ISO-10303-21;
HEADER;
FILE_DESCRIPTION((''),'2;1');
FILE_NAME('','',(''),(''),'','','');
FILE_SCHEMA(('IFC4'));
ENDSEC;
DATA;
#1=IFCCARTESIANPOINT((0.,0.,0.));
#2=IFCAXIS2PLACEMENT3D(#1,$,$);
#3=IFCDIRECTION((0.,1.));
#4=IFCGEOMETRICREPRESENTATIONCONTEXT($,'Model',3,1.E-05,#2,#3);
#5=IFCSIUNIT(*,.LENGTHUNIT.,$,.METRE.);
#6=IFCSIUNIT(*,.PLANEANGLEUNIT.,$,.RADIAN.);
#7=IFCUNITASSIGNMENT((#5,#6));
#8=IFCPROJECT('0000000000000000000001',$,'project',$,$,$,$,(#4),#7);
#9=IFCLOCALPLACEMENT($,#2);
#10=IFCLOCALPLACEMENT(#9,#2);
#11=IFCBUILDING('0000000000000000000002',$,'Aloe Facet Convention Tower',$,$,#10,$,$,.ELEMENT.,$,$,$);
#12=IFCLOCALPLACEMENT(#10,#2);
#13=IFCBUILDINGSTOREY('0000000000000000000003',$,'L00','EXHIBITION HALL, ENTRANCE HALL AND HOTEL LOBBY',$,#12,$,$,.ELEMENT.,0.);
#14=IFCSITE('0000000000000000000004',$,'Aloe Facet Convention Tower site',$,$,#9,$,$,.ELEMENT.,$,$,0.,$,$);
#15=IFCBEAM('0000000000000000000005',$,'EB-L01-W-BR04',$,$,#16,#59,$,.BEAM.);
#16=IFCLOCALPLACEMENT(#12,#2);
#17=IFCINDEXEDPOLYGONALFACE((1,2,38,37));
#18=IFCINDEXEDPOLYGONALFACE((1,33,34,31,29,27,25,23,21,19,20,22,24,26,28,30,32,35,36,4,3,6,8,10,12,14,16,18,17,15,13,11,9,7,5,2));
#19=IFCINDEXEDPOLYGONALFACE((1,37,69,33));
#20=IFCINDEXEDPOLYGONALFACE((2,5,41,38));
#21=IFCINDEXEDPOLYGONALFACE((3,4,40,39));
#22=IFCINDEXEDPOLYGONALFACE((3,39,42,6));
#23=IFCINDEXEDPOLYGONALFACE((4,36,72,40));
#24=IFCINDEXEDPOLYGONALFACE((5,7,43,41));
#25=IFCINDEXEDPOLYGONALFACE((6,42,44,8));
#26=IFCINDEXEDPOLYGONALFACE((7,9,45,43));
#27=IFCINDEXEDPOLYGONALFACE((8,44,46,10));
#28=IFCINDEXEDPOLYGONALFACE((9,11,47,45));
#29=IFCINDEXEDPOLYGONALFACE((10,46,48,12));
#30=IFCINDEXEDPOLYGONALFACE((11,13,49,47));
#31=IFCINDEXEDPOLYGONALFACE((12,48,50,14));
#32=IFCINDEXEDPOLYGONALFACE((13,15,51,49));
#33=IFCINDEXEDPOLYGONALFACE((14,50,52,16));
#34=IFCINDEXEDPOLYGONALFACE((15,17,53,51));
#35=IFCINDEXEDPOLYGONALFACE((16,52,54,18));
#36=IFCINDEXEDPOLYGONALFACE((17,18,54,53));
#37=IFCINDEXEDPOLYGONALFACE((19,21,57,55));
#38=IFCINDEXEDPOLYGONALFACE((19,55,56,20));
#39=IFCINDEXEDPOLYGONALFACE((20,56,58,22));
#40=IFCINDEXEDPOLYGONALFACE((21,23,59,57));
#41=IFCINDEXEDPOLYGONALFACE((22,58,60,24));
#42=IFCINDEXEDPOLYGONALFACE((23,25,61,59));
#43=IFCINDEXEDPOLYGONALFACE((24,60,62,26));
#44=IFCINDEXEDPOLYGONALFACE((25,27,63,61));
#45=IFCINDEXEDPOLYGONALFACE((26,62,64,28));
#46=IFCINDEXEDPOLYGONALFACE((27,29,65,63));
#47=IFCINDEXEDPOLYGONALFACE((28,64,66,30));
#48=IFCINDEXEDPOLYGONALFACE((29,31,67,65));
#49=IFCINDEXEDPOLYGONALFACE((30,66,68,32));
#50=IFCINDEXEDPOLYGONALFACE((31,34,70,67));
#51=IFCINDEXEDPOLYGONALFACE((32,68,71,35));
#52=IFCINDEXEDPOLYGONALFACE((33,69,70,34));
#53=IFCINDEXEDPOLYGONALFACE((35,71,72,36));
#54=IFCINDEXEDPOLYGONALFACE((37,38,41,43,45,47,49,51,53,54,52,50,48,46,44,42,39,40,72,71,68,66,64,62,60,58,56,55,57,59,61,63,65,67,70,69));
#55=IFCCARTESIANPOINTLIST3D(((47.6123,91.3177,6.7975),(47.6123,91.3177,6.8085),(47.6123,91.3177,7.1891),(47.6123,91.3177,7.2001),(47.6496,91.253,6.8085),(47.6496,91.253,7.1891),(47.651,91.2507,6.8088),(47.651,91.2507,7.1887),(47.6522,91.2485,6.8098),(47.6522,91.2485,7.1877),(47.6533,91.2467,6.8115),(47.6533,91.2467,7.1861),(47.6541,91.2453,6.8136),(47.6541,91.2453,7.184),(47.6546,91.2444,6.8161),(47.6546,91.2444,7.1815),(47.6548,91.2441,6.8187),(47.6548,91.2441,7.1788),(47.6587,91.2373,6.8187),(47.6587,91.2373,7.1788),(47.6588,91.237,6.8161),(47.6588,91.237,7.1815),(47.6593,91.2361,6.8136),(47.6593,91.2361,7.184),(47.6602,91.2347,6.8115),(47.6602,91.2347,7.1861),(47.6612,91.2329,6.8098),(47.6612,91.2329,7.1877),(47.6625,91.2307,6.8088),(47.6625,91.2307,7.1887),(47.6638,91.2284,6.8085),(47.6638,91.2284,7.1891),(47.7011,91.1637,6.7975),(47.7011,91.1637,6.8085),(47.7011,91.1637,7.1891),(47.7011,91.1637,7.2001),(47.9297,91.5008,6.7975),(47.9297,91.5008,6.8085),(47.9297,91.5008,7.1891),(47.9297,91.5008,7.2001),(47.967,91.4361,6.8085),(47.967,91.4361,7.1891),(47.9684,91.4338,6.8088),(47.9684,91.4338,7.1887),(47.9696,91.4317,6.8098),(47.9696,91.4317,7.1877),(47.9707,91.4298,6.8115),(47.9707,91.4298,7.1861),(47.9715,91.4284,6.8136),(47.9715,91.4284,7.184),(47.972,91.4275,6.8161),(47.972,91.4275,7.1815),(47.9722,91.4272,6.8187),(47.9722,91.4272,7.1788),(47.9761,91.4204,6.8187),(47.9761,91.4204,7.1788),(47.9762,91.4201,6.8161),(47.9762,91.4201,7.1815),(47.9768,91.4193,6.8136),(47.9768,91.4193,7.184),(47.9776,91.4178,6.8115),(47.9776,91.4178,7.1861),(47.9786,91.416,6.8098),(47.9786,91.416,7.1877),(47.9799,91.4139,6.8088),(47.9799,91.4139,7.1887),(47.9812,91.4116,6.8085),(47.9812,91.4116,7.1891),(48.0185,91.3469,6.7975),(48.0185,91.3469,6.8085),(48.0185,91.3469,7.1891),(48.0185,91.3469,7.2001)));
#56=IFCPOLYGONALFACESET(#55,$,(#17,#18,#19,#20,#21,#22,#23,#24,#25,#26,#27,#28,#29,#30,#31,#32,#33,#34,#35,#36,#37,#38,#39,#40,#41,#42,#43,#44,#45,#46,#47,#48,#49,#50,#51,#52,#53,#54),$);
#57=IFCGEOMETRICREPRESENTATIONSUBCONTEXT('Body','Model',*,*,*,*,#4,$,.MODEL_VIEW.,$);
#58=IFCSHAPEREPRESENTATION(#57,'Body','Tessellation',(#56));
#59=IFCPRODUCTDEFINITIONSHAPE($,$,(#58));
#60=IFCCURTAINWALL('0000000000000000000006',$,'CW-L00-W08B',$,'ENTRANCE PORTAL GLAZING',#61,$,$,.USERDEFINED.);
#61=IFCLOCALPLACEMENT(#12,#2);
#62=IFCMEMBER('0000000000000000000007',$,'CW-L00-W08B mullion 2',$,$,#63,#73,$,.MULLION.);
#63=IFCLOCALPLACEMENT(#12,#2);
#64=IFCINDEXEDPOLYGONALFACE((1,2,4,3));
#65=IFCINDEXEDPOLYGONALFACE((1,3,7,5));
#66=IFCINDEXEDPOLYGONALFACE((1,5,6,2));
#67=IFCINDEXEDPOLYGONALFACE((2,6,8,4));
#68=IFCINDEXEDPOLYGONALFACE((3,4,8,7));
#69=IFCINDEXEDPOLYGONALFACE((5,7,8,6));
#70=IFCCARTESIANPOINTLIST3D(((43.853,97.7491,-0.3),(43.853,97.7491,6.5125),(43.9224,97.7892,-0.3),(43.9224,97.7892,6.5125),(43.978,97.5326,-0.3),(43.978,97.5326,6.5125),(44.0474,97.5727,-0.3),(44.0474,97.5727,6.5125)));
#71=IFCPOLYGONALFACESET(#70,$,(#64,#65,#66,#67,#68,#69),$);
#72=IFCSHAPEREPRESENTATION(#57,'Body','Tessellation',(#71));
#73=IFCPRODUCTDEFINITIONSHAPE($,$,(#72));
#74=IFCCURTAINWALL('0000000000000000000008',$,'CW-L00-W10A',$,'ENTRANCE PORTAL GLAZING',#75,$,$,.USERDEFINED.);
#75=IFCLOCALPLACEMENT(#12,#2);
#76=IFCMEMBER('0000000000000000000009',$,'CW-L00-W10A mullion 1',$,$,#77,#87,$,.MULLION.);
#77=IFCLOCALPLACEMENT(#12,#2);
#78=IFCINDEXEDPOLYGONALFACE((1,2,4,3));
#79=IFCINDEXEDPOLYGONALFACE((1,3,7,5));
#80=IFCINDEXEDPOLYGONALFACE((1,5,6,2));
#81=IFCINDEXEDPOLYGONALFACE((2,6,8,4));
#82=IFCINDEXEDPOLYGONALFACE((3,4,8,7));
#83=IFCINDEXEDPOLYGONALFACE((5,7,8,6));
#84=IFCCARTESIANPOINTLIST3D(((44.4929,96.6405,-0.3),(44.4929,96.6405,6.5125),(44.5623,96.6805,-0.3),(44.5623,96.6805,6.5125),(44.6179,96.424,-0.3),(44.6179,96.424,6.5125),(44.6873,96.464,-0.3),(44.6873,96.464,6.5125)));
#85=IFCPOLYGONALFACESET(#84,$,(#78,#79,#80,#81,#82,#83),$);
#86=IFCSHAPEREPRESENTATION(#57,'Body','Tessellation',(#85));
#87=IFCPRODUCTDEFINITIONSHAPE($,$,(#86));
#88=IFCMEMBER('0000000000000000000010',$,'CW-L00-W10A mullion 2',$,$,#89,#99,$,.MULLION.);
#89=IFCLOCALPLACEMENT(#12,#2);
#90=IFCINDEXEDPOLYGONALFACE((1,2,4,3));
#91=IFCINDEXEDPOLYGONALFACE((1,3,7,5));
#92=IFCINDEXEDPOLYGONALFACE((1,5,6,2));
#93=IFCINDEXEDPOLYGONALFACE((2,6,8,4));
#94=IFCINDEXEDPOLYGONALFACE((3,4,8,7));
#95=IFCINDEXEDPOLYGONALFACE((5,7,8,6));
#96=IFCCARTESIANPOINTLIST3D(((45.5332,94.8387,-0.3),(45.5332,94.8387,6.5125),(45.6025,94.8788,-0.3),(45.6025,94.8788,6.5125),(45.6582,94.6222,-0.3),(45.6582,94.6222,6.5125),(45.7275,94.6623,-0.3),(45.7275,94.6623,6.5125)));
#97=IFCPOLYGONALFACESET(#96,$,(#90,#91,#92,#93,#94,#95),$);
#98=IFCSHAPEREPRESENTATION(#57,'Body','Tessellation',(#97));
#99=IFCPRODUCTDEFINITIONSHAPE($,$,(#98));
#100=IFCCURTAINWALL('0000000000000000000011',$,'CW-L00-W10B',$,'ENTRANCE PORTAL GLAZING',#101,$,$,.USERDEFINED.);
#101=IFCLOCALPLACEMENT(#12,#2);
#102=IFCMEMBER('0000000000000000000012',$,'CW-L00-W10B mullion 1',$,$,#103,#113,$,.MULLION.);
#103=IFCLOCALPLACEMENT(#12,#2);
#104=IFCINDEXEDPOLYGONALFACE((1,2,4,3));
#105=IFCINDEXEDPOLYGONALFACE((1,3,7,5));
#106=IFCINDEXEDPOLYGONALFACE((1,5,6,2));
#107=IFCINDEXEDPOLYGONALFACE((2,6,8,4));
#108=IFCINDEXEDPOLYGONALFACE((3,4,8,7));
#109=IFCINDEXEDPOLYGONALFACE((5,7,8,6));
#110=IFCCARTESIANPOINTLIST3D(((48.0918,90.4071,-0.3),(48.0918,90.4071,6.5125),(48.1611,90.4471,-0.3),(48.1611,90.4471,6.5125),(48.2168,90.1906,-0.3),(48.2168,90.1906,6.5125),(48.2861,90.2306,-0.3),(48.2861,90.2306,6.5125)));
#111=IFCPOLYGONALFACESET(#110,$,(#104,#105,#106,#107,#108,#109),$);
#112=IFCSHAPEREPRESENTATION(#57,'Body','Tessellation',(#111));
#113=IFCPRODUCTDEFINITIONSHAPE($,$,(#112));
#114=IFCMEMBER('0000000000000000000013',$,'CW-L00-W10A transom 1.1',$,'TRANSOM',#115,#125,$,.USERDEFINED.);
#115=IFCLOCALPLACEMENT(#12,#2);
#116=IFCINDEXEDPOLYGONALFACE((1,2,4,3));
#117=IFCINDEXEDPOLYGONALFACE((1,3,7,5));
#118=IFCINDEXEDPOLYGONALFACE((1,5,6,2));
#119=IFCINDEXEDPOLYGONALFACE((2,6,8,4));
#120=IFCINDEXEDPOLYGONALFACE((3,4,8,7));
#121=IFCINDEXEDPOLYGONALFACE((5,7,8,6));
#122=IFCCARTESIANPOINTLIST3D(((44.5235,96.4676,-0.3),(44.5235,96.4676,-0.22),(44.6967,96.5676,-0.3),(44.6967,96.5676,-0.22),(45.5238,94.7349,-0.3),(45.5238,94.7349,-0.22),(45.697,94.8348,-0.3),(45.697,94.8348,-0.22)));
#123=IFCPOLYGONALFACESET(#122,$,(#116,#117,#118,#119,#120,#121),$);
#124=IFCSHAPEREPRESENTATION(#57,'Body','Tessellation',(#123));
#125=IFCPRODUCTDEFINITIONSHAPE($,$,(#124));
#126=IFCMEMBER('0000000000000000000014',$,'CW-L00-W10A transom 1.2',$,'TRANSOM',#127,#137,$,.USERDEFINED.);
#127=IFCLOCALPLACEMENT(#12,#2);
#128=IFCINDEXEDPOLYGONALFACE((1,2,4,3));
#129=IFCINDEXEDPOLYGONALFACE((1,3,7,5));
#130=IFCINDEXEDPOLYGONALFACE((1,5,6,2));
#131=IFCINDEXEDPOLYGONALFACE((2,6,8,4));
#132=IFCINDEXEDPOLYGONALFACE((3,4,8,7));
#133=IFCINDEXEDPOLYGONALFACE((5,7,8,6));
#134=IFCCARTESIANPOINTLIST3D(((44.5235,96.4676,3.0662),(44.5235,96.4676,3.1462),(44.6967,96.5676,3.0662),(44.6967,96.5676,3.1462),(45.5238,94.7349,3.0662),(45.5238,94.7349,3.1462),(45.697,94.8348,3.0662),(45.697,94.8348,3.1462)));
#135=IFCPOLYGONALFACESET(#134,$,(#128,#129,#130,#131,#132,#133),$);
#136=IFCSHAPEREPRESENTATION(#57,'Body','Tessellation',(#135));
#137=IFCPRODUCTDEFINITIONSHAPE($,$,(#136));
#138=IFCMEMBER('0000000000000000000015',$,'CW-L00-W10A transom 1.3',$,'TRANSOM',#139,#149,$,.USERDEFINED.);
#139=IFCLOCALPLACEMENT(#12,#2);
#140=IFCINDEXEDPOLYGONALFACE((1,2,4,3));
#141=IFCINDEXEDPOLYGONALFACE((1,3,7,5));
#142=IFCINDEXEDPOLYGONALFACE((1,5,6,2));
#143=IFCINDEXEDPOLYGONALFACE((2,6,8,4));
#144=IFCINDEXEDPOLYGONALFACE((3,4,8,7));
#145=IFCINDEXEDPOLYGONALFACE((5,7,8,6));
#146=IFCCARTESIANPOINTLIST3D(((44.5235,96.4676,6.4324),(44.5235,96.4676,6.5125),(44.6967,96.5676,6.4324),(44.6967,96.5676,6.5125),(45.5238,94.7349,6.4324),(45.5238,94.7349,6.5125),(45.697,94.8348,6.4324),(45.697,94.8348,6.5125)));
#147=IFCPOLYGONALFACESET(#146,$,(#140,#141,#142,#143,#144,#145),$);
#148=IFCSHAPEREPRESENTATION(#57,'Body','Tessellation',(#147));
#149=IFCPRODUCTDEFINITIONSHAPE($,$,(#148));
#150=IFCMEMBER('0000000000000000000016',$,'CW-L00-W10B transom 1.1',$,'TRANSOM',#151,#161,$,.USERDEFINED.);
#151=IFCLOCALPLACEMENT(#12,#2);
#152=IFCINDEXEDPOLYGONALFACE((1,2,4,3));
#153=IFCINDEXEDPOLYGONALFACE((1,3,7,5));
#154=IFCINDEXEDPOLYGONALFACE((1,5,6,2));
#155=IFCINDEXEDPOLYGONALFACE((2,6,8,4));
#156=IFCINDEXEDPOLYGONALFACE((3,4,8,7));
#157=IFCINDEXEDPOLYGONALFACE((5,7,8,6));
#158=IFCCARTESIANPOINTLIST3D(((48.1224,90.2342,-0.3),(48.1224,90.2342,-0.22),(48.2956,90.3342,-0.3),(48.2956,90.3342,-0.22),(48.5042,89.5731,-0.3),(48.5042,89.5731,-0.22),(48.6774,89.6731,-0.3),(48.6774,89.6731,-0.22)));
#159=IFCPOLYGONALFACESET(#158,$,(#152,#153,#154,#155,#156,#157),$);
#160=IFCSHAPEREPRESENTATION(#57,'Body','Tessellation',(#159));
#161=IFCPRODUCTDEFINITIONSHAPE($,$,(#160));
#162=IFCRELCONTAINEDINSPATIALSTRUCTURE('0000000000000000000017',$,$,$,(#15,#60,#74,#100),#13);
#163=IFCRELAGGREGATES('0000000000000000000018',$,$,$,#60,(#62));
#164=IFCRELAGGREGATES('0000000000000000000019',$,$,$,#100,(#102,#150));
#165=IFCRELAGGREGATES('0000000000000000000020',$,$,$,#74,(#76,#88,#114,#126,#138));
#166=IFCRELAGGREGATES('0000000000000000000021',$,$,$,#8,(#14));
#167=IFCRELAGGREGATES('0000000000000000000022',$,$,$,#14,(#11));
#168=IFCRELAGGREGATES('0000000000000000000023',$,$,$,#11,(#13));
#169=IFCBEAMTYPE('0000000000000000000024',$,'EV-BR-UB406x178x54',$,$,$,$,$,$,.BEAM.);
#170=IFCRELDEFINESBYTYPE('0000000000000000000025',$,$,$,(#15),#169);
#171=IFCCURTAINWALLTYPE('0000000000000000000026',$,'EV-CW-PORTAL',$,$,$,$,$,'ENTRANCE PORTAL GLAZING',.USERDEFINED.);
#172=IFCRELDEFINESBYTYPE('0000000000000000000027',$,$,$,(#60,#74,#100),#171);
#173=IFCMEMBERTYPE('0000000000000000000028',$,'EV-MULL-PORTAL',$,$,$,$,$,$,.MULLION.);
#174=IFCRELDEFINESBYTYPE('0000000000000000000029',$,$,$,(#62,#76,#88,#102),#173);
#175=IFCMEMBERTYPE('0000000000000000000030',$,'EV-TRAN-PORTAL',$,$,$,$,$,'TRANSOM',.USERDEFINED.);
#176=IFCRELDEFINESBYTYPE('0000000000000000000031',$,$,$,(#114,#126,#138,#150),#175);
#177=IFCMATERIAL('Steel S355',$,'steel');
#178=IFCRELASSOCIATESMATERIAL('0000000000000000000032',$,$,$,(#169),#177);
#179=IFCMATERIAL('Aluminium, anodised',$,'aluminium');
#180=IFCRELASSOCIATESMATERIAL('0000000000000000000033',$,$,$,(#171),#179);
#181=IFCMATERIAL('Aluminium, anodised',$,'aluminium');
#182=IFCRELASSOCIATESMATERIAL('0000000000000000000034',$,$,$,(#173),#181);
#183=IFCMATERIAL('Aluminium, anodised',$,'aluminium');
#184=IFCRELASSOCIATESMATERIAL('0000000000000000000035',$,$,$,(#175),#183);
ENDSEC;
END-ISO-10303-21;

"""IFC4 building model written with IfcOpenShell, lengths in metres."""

from ifc_helpers import new_model, si_unit, direction, frame, origin, origin_2d, place, context, subcontext, project, spatial, rectangle, i_section, extrude, material, material_profile, profile_set, type_object, element, aggregate, save


model = new_model("IFC4")

# Units and contexts
model_context = context("Model", 3, precision=1e-05, world=origin(), true_north=direction((0.0, 1.0)))
body_context = subcontext(model_context, "Body", "Model", "MODEL_VIEW")
ifc_project = project(units=[si_unit("LENGTHUNIT", "METRE"), si_unit("PLANEANGLEUNIT", "RADIAN")], contexts=[model_context])

# Site, building, storey
site_placement = place(None, origin())
site = spatial("IfcSite", under=ifc_project, at=site_placement, Name="Aloe Facet Convention Tower site", CompositionType="ELEMENT", RefElevation=0.0)
building_placement = place(site_placement, origin())
building = spatial("IfcBuilding", under=site, at=building_placement, Name="Aloe Facet Convention Tower", CompositionType="ELEMENT")
storey_placement = place(building_placement, origin())
storey = spatial("IfcBuildingStorey", under=building, at=storey_placement, Name="L00", Description="EXHIBITION HALL, ENTRANCE HALL AND HOTEL LOBBY", CompositionType="ELEMENT", Elevation=0.0)

# Beam
ifc_material_1 = material(Name="Steel S355", Category="steel")
ifc_material_profile_1 = material_profile(ifc_material_1, i_section(OverallWidth=0.1777, OverallDepth=0.4026, WebThickness=0.0078, FlangeThickness=0.011, FilletRadius=0.0103, at=origin_2d()), Name="UB 406x178x54")
ifc_profile_set_1 = profile_set([ifc_material_profile_1], Name="Steel S355")
beam_type_1 = type_object("IfcBeamType", Name="EV-BR-UB406x178x54", PredefinedType="BEAM", material=ifc_profile_set_1)
beam_1_placement = place(storey_placement, frame((47.9741, 91.4238, 6.9988), z_axis=(-0.866186, -0.499722, 0.0), x_axis=(0.499722, -0.866186, 0.0)))
element("IfcBeam", 1, at=beam_1_placement, inside=storey, type_object=beam_type_1, Name="EB-L01-W-BR04", PredefinedType="BEAM", context=body_context, shape_type="SweptSolid", body=[
    extrude(i_section(OverallWidth=0.1777, OverallDepth=0.4026, WebThickness=0.0078, FlangeThickness=0.011, FilletRadius=0.0103, at=origin_2d()), origin(), (0.0, 0.0, 1.0), 0.3665),
])

# Curtain wall, member
ifc_material_2 = material(Name="Aluminium, anodised", Category="aluminium")
curtain_wall_type = type_object("IfcCurtainWallType", Name="EV-CW-PORTAL", ElementType="ENTRANCE PORTAL GLAZING", PredefinedType="USERDEFINED", material=ifc_material_2)
curtain_wall_1_placement = place(storey_placement, origin())
curtain_wall_1 = element("IfcCurtainWall", 2, at=curtain_wall_1_placement, inside=storey, type_object=curtain_wall_type, Name="CW-L00-W08B", ObjectType="ENTRANCE PORTAL GLAZING", PredefinedType="USERDEFINED")
ifc_material_3 = material(Name="Aluminium, anodised", Category="aluminium")
ifc_material_profile_2 = material_profile(ifc_material_3, rectangle(XDim=0.0801, YDim=0.25, at=origin_2d()), Name="AL 80x250")
ifc_profile_set_2 = profile_set([ifc_material_profile_2], Name="Aluminium, anodised")
member_type_1 = type_object("IfcMemberType", Name="EV-MULL-PORTAL", PredefinedType="MULLION", material=ifc_profile_set_2)
member_1_placement = place(storey_placement, frame((43.9502, 97.6609, -0.3), z_axis=(0.0, 0.0, 1.0), x_axis=(0.866025, 0.5, 0.0)))
member_1 = element("IfcMember", 3, at=member_1_placement, type_object=member_type_1, Name="CW-L00-W08B mullion 2", PredefinedType="MULLION", context=body_context, shape_type="SweptSolid", body=[
    extrude(rectangle(XDim=0.0801, YDim=0.25, at=origin_2d()), origin(), (0.0, 0.0, 1.0), 6.8125),
])
aggregate(curtain_wall_1, [member_1])

# Curtain wall, members
curtain_wall_2_placement = place(storey_placement, origin())
curtain_wall_2 = element("IfcCurtainWall", 4, at=curtain_wall_2_placement, inside=storey, type_object=curtain_wall_type, Name="CW-L00-W10A", ObjectType="ENTRANCE PORTAL GLAZING", PredefinedType="USERDEFINED")
member_2_placement = place(storey_placement, frame((44.5901, 96.5522, -0.3), z_axis=(0.0, 0.0, 1.0), x_axis=(0.866025, 0.5, 0.0)))
member_2 = element("IfcMember", 5, at=member_2_placement, type_object=member_type_1, Name="CW-L00-W10A mullion 1", PredefinedType="MULLION", context=body_context, shape_type="SweptSolid", body=[
    extrude(rectangle(XDim=0.0801, YDim=0.25, at=origin_2d()), origin(), (0.0, 0.0, 1.0), 6.8125),
])
member_3_placement = place(storey_placement, frame((45.6304, 94.7505, -0.3), z_axis=(0.0, 0.0, 1.0), x_axis=(0.866025, 0.5, 0.0)))
member_3 = element("IfcMember", 6, at=member_3_placement, type_object=member_type_1, Name="CW-L00-W10A mullion 2", PredefinedType="MULLION", context=body_context, shape_type="SweptSolid", body=[
    extrude(rectangle(XDim=0.0801, YDim=0.25, at=origin_2d()), origin(), (0.0, 0.0, 1.0), 6.8125),
])

# Curtain wall, member
curtain_wall_3_placement = place(storey_placement, origin())
curtain_wall_3 = element("IfcCurtainWall", 7, at=curtain_wall_3_placement, inside=storey, type_object=curtain_wall_type, Name="CW-L00-W10B", ObjectType="ENTRANCE PORTAL GLAZING", PredefinedType="USERDEFINED")
member_4_placement = place(storey_placement, frame((48.189, 90.3188, -0.3), z_axis=(0.0, 0.0, 1.0), x_axis=(0.866025, 0.5, 0.0)))
member_4 = element("IfcMember", 8, at=member_4_placement, type_object=member_type_1, Name="CW-L00-W10B mullion 1", PredefinedType="MULLION", context=body_context, shape_type="SweptSolid", body=[
    extrude(rectangle(XDim=0.0801, YDim=0.25, at=origin_2d()), origin(), (0.0, 0.0, 1.0), 6.8125),
])

# Members
ifc_material_4 = material(Name="Aluminium, anodised", Category="aluminium")
ifc_material_profile_3 = material_profile(ifc_material_4, rectangle(XDim=0.2, YDim=0.0801, at=origin_2d()), Name="AL 200x80")
ifc_profile_set_3 = profile_set([ifc_material_profile_3], Name="Aluminium, anodised")
member_type_2 = type_object("IfcMemberType", Name="EV-TRAN-PORTAL", ElementType="TRANSOM", PredefinedType="USERDEFINED", material=ifc_profile_set_3)
member_5_placement = place(storey_placement, frame((44.6101, 96.5176, -0.26), z_axis=(0.499958, -0.866049, 0.0), x_axis=(0.866049, 0.499958, 0.0)))
member_5 = element("IfcMember", 9, at=member_5_placement, type_object=member_type_2, Name="CW-L00-W10A transom 1.1", ObjectType="TRANSOM", PredefinedType="USERDEFINED", context=body_context, shape_type="SweptSolid", body=[
    extrude(rectangle(XDim=0.2, YDim=0.0801, at=origin_2d()), origin(), (0.0, 0.0, 1.0), 2.0007),
])
member_6_placement = place(storey_placement, frame((44.6101, 96.5176, 3.1062), z_axis=(0.499958, -0.866049, 0.0), x_axis=(0.866049, 0.499958, 0.0)))
member_6 = element("IfcMember", 10, at=member_6_placement, type_object=member_type_2, Name="CW-L00-W10A transom 1.2", ObjectType="TRANSOM", PredefinedType="USERDEFINED", context=body_context, shape_type="SweptSolid", body=[
    extrude(rectangle(XDim=0.2, YDim=0.0801, at=origin_2d()), origin(), (0.0, 0.0, 1.0), 2.0007),
])
member_7_placement = place(storey_placement, frame((44.6101, 96.5176, 6.4724), z_axis=(0.499958, -0.866049, 0.0), x_axis=(0.866049, 0.499958, 0.0)))
member_7 = element("IfcMember", 11, at=member_7_placement, type_object=member_type_2, Name="CW-L00-W10A transom 1.3", ObjectType="TRANSOM", PredefinedType="USERDEFINED", context=body_context, shape_type="SweptSolid", body=[
    extrude(rectangle(XDim=0.2, YDim=0.0801, at=origin_2d()), origin(), (0.0, 0.0, 1.0), 2.0007),
])
member_8_placement = place(storey_placement, frame((48.209, 90.2842, -0.26), z_axis=(0.500128, -0.865951, 0.0), x_axis=(0.865951, 0.500128, 0.0)))
member_8 = element("IfcMember", 12, at=member_8_placement, type_object=member_type_2, Name="CW-L00-W10B transom 1.1", ObjectType="TRANSOM", PredefinedType="USERDEFINED", context=body_context, shape_type="SweptSolid", body=[
    extrude(rectangle(XDim=0.2, YDim=0.0801, at=origin_2d()), origin(), (0.0, 0.0, 1.0), 0.7634),
])
aggregate(curtain_wall_3, [member_4, member_8])

aggregate(curtain_wall_2, [member_2, member_3, member_5, member_6, member_7])

save(model, "model.ifc")
